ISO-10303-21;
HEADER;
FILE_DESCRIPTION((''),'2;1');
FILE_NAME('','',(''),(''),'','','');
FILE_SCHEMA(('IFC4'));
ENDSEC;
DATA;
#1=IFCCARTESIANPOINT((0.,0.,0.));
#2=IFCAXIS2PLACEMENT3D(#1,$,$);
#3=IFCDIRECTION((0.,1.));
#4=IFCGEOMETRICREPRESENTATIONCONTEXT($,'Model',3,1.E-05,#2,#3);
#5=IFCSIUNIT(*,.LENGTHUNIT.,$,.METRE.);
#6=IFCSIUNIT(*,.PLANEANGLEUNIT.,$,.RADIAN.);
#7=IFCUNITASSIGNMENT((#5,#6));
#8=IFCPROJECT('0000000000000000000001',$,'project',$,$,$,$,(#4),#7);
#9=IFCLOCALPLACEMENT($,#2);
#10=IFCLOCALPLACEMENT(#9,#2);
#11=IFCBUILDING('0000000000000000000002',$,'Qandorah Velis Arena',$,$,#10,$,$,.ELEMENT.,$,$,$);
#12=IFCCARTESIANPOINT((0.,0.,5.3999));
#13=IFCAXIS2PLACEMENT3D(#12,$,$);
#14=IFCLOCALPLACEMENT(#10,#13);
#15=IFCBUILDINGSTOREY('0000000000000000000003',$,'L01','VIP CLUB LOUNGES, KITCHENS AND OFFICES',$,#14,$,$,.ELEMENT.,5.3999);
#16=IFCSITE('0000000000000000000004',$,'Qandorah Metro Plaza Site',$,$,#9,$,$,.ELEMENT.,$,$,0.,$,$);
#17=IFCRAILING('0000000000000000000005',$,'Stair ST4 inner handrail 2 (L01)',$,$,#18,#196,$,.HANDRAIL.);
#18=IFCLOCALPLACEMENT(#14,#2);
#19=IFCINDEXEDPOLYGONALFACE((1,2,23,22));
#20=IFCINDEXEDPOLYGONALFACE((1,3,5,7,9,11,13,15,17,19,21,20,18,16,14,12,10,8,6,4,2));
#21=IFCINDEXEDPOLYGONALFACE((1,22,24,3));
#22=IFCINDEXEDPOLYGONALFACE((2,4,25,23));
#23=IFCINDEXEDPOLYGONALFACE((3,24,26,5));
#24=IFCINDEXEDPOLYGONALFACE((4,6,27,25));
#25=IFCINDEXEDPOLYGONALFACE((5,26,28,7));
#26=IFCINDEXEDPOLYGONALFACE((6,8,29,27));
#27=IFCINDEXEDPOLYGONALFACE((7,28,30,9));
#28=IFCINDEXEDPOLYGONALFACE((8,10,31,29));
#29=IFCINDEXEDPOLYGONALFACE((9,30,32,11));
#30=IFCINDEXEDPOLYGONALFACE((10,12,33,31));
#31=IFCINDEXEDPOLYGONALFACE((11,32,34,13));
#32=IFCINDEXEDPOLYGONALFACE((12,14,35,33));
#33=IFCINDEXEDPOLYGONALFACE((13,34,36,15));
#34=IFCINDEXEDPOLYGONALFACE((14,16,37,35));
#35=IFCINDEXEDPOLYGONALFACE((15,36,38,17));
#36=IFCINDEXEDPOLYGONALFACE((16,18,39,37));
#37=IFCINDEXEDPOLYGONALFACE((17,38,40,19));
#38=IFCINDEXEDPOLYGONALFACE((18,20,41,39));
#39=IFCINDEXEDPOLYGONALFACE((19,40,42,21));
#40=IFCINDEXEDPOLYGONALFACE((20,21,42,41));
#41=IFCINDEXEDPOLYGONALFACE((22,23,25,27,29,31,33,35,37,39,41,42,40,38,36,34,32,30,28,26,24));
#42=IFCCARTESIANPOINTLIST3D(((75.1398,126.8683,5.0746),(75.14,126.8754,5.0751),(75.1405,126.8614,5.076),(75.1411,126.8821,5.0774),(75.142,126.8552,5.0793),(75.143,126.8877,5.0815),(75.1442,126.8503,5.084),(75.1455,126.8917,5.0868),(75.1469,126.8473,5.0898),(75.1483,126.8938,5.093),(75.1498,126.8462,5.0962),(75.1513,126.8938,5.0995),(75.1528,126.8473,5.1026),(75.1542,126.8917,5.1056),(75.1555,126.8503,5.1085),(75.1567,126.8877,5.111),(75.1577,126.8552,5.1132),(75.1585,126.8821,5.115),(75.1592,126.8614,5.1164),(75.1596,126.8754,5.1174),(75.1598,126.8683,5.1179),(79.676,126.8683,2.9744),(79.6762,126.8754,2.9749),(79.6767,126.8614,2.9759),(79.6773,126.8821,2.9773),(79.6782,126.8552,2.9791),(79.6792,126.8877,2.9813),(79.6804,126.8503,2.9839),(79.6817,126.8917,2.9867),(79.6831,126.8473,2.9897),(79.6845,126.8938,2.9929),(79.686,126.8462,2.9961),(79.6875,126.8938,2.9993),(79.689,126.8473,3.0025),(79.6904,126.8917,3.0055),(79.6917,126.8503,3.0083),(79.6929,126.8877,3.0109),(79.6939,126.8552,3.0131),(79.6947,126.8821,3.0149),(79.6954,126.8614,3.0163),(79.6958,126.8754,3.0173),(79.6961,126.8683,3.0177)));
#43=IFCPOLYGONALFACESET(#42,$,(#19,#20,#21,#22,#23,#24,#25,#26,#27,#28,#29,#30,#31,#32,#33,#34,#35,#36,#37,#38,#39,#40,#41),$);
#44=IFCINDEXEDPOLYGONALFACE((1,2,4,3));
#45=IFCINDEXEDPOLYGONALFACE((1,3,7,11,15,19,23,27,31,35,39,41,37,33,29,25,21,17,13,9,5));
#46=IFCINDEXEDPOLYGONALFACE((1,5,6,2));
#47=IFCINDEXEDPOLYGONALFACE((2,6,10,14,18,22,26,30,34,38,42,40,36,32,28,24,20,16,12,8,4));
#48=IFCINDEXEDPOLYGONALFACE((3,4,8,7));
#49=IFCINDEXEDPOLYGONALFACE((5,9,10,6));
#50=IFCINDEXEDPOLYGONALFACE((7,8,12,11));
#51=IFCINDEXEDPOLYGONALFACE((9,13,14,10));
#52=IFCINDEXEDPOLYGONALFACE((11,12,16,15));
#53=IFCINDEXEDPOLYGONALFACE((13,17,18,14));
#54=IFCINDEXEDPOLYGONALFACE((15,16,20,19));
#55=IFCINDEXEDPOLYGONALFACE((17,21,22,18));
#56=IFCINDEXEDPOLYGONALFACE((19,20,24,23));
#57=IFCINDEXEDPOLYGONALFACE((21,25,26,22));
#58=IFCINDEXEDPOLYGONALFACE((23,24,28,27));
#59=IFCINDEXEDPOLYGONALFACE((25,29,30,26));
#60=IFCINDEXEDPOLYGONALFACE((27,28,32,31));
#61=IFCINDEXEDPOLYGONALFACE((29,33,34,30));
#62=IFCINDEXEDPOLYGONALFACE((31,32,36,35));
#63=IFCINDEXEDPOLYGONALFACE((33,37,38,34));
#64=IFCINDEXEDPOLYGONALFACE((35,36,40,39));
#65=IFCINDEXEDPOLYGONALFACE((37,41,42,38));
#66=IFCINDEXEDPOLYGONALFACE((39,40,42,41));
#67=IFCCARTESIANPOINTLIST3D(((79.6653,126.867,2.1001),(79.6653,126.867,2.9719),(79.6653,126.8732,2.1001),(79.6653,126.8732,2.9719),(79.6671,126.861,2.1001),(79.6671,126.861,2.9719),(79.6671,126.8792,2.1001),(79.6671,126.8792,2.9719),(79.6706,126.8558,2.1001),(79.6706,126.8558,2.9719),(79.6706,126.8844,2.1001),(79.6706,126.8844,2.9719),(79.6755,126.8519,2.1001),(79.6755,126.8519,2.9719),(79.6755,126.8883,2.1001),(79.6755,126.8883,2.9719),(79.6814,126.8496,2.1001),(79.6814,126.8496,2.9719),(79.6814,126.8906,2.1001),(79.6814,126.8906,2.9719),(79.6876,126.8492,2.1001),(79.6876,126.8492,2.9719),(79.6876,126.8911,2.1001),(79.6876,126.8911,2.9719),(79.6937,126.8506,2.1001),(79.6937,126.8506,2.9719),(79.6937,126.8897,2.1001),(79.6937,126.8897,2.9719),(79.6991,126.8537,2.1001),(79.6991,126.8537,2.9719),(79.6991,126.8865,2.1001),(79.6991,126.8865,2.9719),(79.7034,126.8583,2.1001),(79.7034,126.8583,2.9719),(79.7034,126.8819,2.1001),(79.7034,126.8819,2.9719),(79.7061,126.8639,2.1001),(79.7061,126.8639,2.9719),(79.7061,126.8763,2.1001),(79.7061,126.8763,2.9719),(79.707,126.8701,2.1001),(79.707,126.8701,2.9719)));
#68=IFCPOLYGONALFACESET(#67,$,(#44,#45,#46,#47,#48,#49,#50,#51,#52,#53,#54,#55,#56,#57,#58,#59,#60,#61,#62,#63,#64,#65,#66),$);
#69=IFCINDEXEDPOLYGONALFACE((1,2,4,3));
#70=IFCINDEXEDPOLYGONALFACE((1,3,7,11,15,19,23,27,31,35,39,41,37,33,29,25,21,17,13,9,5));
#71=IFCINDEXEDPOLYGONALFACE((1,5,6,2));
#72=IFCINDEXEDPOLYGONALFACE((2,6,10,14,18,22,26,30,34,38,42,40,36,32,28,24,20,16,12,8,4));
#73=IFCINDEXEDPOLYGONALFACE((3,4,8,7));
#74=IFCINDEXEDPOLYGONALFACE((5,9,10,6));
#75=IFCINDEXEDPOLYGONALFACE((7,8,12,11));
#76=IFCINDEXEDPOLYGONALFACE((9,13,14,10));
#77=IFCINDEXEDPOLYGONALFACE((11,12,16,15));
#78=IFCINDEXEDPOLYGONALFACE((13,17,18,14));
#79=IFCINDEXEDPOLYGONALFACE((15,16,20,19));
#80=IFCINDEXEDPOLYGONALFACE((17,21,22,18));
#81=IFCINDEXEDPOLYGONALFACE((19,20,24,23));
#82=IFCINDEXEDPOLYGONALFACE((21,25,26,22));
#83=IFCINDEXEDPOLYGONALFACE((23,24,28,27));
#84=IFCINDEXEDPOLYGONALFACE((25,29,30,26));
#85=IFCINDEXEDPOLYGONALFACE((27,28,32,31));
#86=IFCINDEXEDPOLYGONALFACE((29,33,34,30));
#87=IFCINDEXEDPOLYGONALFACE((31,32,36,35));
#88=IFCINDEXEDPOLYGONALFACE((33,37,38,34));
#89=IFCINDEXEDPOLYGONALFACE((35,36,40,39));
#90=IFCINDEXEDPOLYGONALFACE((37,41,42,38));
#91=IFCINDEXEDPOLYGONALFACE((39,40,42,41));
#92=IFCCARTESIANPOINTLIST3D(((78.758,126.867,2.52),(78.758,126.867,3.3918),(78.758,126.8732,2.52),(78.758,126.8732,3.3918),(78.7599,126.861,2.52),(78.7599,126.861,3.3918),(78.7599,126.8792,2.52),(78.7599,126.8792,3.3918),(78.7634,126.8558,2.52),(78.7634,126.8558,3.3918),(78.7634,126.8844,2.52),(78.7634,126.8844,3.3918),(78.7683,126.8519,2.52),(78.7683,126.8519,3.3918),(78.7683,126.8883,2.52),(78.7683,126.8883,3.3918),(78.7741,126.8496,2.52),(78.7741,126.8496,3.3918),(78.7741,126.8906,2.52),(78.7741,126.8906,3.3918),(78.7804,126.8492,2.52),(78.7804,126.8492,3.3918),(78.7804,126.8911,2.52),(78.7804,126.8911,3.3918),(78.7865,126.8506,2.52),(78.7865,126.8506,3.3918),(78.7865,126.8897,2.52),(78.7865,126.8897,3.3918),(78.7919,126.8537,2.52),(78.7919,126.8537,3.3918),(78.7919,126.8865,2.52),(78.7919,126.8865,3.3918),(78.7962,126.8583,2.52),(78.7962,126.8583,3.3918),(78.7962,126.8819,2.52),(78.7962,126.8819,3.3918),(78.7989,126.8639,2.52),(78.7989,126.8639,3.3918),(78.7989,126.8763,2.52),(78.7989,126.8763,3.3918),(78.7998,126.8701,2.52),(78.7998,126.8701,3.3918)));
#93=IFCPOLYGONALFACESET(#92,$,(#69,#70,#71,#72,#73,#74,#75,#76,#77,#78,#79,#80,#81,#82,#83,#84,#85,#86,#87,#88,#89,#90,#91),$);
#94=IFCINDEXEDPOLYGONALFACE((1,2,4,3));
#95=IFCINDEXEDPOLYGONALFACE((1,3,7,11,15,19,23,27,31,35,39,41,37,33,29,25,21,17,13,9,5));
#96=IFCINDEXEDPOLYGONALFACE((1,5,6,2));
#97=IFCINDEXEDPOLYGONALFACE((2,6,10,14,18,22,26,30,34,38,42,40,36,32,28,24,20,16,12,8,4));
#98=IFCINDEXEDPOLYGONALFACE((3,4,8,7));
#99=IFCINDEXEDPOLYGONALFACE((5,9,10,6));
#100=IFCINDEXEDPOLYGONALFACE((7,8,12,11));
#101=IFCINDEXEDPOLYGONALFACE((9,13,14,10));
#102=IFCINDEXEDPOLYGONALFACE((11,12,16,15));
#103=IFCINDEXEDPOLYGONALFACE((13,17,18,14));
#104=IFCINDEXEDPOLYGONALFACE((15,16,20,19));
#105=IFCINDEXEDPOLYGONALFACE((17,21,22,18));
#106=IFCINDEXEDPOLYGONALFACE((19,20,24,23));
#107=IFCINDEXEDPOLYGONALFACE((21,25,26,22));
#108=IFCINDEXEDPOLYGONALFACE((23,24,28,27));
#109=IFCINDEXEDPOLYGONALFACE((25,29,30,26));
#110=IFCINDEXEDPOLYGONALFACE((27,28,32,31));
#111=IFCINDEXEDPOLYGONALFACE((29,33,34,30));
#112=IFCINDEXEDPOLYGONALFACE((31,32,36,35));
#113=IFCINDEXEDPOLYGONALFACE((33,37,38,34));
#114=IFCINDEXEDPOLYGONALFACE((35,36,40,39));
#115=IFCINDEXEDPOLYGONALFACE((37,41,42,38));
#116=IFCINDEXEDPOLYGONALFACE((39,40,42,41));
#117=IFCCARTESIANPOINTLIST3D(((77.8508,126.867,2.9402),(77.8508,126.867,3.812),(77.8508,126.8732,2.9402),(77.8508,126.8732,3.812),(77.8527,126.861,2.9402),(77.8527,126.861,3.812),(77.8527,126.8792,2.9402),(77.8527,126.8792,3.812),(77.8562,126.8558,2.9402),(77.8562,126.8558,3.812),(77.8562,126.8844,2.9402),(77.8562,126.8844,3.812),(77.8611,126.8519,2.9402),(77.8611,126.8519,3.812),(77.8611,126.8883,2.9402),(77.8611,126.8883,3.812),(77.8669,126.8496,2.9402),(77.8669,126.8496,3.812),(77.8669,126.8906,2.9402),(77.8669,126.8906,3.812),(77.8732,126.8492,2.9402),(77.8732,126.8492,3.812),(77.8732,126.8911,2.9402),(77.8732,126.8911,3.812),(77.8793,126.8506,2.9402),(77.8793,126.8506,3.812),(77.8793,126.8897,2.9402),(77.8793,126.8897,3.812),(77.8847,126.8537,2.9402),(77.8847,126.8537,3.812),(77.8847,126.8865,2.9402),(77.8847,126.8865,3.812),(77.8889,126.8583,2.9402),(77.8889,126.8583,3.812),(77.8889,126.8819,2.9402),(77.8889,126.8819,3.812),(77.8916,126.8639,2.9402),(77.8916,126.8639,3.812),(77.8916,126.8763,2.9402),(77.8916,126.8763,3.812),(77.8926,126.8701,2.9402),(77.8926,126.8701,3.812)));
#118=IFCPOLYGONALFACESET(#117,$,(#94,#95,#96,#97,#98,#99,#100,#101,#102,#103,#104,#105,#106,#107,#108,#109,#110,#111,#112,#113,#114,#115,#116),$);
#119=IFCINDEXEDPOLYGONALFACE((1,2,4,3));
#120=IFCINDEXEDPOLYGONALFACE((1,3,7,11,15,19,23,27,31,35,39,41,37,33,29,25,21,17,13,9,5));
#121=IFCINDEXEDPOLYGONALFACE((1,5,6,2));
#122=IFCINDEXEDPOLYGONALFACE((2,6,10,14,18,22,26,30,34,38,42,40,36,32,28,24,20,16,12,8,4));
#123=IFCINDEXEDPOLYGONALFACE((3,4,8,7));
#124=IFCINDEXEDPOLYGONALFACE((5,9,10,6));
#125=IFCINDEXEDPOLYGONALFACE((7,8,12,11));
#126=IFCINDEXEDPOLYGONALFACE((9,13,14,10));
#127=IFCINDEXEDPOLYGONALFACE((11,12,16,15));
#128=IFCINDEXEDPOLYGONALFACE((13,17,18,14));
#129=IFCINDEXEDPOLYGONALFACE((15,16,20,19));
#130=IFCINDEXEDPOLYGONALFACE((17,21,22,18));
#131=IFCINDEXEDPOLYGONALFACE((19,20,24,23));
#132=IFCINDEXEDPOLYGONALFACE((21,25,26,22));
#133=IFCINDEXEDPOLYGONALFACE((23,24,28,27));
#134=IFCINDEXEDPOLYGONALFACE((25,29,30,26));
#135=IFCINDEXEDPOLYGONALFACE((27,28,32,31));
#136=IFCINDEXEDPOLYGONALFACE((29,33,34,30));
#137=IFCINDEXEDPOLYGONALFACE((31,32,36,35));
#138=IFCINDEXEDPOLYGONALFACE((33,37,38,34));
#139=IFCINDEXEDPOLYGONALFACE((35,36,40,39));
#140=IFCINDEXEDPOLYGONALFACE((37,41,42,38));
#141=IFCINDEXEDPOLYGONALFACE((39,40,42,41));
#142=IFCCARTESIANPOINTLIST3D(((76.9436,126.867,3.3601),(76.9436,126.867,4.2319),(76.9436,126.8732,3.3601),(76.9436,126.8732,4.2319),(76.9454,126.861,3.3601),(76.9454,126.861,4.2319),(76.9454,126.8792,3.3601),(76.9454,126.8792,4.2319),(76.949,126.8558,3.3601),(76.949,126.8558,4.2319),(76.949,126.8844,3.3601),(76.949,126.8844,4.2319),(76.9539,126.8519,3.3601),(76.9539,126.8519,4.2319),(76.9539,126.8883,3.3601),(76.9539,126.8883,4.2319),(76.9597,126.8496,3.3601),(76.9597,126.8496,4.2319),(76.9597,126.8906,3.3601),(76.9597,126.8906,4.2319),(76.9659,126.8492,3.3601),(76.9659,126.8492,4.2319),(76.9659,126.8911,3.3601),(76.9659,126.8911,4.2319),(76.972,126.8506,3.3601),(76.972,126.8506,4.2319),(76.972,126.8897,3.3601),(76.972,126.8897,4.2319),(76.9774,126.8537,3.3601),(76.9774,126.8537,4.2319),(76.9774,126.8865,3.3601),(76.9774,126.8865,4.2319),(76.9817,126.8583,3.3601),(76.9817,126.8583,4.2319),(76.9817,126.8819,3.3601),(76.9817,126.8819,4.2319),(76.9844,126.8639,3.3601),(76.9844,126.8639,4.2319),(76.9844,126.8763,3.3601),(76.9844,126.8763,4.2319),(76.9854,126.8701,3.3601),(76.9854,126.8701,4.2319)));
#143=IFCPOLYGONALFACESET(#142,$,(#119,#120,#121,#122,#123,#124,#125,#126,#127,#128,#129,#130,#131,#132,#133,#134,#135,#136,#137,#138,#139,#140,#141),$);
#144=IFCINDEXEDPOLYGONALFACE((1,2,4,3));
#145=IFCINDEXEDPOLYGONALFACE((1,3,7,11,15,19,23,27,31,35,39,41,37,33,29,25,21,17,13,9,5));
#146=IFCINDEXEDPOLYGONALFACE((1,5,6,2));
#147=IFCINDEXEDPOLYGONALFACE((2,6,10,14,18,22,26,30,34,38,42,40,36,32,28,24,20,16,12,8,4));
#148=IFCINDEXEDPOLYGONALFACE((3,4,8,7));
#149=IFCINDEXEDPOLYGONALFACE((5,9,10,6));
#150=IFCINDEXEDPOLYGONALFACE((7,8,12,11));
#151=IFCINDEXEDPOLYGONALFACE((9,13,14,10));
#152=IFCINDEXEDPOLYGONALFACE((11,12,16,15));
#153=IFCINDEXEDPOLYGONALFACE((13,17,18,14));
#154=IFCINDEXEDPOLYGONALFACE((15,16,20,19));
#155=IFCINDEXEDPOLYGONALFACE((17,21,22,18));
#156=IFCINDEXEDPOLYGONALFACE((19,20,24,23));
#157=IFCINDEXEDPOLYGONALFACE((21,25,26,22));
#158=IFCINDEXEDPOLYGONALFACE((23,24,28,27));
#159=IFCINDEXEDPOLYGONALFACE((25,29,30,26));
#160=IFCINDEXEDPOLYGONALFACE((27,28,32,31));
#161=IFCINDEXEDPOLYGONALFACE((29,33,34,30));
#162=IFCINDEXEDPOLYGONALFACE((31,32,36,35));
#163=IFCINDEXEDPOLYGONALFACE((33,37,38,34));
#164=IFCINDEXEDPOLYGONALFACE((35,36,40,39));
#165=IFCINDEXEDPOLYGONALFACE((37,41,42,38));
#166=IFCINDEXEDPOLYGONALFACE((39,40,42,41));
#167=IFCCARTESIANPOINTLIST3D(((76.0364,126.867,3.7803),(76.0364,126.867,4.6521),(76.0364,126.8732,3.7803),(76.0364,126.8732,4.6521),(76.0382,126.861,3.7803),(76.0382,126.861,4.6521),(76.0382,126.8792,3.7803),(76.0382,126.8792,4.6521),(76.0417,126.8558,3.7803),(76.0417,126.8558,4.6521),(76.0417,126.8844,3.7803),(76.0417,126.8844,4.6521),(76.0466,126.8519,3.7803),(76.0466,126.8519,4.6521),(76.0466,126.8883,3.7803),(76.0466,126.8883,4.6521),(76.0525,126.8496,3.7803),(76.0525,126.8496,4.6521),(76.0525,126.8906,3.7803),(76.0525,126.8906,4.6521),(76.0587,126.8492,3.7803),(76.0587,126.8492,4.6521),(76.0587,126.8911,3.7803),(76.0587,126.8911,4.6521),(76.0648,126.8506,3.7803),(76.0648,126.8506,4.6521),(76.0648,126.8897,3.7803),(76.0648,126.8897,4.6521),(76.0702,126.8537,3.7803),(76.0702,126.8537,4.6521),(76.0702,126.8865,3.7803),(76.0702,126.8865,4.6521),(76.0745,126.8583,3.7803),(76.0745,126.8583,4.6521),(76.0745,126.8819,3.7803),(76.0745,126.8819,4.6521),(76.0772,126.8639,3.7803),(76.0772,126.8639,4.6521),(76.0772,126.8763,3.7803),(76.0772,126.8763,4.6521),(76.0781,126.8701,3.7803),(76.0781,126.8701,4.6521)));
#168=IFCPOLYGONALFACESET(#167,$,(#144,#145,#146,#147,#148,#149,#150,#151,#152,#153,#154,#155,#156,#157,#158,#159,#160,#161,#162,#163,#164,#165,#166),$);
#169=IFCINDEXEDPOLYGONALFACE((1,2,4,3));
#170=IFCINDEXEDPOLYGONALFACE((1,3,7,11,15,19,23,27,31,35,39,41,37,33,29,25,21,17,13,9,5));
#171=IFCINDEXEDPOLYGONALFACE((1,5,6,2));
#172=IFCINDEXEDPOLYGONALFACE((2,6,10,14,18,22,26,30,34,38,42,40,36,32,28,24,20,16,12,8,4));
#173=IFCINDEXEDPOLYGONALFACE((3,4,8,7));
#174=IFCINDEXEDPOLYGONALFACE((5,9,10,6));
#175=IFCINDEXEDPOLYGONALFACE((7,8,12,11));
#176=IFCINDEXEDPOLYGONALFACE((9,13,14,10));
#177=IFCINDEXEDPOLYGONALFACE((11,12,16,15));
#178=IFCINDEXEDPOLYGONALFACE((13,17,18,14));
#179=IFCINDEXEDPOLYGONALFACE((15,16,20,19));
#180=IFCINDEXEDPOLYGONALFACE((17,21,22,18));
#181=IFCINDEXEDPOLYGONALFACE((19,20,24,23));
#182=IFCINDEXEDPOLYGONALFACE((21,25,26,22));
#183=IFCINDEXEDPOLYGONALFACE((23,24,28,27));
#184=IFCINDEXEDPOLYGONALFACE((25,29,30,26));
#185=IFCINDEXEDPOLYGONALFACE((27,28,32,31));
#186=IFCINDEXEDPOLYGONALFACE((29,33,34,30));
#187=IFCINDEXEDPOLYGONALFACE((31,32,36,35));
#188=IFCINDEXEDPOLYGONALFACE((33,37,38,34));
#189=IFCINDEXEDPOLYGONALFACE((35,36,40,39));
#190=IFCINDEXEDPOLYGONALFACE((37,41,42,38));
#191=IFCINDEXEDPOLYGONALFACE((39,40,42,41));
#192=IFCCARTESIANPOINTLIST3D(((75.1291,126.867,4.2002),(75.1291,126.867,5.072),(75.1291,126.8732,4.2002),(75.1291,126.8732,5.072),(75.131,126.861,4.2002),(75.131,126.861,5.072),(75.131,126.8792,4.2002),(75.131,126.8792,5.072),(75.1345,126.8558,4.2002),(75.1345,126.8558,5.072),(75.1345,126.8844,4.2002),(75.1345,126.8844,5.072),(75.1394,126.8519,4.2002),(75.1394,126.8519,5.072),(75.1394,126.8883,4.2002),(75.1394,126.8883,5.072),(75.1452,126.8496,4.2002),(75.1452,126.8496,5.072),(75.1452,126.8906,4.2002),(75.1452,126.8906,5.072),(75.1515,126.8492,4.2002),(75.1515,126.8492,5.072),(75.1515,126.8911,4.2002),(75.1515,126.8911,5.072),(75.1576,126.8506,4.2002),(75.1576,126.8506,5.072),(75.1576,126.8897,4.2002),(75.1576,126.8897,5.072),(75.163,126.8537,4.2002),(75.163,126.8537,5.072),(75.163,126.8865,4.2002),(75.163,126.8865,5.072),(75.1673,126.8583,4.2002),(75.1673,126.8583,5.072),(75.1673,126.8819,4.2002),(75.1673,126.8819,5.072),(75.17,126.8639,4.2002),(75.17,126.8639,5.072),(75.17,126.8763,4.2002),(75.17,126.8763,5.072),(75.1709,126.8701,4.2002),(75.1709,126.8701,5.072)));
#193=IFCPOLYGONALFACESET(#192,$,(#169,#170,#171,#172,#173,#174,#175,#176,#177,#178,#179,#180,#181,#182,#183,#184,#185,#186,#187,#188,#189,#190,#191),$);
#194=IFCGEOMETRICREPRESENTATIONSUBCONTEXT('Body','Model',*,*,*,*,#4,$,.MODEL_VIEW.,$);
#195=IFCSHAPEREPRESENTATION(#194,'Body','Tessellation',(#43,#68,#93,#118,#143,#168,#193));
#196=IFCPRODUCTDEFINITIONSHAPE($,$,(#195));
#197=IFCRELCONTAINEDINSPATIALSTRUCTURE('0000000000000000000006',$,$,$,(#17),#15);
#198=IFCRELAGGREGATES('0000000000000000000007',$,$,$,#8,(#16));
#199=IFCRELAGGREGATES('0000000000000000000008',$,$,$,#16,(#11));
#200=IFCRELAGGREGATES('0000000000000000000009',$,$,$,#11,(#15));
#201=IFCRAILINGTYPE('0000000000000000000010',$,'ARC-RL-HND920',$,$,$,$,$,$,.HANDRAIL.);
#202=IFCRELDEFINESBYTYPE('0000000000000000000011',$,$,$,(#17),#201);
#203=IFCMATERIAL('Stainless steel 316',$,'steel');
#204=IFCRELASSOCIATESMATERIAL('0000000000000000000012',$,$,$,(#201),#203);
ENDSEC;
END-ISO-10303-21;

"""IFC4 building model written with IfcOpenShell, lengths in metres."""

from ifc_helpers import new_model, si_unit, direction, frame, origin, origin_2d, place, context, subcontext, project, spatial, circle, extrude, material, type_object, element, save


model = new_model("IFC4")

# Units and contexts
model_context = context("Model", 3, precision=1e-05, world=origin(), true_north=direction((0.0, 1.0)))
body_context = subcontext(model_context, "Body", "Model", "MODEL_VIEW")
ifc_project = project(units=[si_unit("LENGTHUNIT", "METRE"), si_unit("PLANEANGLEUNIT", "RADIAN")], contexts=[model_context])

# Site, building, storey
site_placement = place(None, origin())
site = spatial("IfcSite", under=ifc_project, at=site_placement, Name="Qandorah Metro Plaza Site", CompositionType="ELEMENT", RefElevation=0.0)
building_placement = place(site_placement, origin())
building = spatial("IfcBuilding", under=site, at=building_placement, Name="Qandorah Velis Arena", CompositionType="ELEMENT")
storey_placement = place(building_placement, frame((0.0, 0.0, 5.3999)))
storey = spatial("IfcBuildingStorey", under=building, at=storey_placement, Name="L01", Description="VIP CLUB LOUNGES, KITCHENS AND OFFICES", CompositionType="ELEMENT", Elevation=5.3999)

# Railing
ifc_material_1 = material(Name="Stainless steel 316", Category="steel")
railing_type_1 = type_object("IfcRailingType", Name="ARC-RL-HND920", PredefinedType="HANDRAIL", material=ifc_material_1)
railing_1_placement = place(storey_placement, frame((79.686, 126.8701, 2.1001)))
element("IfcRailing", 1, at=railing_1_placement, inside=storey, type_object=railing_type_1, Name="Stair ST4 inner handrail 2 (L01)", PredefinedType="HANDRAIL", context=body_context, shape_type="SweptSolid", body=[
    extrude(circle(Radius=0.0239, at=origin_2d()), frame((0.0, 0.0, 0.896), z_axis=(-0.907464, 0.0, 0.42013), x_axis=(0.0, -1.0, 0.0)), (0.0, 0.0, 1.0), 4.9988),
    extrude(circle(Radius=0.021, at=origin_2d()), origin(), (0.0, 0.0, 1.0), 0.8718),
    extrude(circle(Radius=0.021, at=origin_2d()), frame((-0.9072, 0.0, 0.4199)), (0.0, 0.0, 1.0), 0.8718),
    extrude(circle(Radius=0.021, at=origin_2d()), frame((-1.8145, 0.0, 0.8401)), (0.0, 0.0, 1.0), 0.8718),
    extrude(circle(Radius=0.021, at=origin_2d()), frame((-2.7217, 0.0, 1.26)), (0.0, 0.0, 1.0), 0.8718),
    extrude(circle(Radius=0.021, at=origin_2d()), frame((-3.6289, 0.0, 1.6802)), (0.0, 0.0, 1.0), 0.8718),
    extrude(circle(Radius=0.021, at=origin_2d()), frame((-4.5361, 0.0, 2.1001)), (0.0, 0.0, 1.0), 0.8718),
])

save(model, "model.ifc")
